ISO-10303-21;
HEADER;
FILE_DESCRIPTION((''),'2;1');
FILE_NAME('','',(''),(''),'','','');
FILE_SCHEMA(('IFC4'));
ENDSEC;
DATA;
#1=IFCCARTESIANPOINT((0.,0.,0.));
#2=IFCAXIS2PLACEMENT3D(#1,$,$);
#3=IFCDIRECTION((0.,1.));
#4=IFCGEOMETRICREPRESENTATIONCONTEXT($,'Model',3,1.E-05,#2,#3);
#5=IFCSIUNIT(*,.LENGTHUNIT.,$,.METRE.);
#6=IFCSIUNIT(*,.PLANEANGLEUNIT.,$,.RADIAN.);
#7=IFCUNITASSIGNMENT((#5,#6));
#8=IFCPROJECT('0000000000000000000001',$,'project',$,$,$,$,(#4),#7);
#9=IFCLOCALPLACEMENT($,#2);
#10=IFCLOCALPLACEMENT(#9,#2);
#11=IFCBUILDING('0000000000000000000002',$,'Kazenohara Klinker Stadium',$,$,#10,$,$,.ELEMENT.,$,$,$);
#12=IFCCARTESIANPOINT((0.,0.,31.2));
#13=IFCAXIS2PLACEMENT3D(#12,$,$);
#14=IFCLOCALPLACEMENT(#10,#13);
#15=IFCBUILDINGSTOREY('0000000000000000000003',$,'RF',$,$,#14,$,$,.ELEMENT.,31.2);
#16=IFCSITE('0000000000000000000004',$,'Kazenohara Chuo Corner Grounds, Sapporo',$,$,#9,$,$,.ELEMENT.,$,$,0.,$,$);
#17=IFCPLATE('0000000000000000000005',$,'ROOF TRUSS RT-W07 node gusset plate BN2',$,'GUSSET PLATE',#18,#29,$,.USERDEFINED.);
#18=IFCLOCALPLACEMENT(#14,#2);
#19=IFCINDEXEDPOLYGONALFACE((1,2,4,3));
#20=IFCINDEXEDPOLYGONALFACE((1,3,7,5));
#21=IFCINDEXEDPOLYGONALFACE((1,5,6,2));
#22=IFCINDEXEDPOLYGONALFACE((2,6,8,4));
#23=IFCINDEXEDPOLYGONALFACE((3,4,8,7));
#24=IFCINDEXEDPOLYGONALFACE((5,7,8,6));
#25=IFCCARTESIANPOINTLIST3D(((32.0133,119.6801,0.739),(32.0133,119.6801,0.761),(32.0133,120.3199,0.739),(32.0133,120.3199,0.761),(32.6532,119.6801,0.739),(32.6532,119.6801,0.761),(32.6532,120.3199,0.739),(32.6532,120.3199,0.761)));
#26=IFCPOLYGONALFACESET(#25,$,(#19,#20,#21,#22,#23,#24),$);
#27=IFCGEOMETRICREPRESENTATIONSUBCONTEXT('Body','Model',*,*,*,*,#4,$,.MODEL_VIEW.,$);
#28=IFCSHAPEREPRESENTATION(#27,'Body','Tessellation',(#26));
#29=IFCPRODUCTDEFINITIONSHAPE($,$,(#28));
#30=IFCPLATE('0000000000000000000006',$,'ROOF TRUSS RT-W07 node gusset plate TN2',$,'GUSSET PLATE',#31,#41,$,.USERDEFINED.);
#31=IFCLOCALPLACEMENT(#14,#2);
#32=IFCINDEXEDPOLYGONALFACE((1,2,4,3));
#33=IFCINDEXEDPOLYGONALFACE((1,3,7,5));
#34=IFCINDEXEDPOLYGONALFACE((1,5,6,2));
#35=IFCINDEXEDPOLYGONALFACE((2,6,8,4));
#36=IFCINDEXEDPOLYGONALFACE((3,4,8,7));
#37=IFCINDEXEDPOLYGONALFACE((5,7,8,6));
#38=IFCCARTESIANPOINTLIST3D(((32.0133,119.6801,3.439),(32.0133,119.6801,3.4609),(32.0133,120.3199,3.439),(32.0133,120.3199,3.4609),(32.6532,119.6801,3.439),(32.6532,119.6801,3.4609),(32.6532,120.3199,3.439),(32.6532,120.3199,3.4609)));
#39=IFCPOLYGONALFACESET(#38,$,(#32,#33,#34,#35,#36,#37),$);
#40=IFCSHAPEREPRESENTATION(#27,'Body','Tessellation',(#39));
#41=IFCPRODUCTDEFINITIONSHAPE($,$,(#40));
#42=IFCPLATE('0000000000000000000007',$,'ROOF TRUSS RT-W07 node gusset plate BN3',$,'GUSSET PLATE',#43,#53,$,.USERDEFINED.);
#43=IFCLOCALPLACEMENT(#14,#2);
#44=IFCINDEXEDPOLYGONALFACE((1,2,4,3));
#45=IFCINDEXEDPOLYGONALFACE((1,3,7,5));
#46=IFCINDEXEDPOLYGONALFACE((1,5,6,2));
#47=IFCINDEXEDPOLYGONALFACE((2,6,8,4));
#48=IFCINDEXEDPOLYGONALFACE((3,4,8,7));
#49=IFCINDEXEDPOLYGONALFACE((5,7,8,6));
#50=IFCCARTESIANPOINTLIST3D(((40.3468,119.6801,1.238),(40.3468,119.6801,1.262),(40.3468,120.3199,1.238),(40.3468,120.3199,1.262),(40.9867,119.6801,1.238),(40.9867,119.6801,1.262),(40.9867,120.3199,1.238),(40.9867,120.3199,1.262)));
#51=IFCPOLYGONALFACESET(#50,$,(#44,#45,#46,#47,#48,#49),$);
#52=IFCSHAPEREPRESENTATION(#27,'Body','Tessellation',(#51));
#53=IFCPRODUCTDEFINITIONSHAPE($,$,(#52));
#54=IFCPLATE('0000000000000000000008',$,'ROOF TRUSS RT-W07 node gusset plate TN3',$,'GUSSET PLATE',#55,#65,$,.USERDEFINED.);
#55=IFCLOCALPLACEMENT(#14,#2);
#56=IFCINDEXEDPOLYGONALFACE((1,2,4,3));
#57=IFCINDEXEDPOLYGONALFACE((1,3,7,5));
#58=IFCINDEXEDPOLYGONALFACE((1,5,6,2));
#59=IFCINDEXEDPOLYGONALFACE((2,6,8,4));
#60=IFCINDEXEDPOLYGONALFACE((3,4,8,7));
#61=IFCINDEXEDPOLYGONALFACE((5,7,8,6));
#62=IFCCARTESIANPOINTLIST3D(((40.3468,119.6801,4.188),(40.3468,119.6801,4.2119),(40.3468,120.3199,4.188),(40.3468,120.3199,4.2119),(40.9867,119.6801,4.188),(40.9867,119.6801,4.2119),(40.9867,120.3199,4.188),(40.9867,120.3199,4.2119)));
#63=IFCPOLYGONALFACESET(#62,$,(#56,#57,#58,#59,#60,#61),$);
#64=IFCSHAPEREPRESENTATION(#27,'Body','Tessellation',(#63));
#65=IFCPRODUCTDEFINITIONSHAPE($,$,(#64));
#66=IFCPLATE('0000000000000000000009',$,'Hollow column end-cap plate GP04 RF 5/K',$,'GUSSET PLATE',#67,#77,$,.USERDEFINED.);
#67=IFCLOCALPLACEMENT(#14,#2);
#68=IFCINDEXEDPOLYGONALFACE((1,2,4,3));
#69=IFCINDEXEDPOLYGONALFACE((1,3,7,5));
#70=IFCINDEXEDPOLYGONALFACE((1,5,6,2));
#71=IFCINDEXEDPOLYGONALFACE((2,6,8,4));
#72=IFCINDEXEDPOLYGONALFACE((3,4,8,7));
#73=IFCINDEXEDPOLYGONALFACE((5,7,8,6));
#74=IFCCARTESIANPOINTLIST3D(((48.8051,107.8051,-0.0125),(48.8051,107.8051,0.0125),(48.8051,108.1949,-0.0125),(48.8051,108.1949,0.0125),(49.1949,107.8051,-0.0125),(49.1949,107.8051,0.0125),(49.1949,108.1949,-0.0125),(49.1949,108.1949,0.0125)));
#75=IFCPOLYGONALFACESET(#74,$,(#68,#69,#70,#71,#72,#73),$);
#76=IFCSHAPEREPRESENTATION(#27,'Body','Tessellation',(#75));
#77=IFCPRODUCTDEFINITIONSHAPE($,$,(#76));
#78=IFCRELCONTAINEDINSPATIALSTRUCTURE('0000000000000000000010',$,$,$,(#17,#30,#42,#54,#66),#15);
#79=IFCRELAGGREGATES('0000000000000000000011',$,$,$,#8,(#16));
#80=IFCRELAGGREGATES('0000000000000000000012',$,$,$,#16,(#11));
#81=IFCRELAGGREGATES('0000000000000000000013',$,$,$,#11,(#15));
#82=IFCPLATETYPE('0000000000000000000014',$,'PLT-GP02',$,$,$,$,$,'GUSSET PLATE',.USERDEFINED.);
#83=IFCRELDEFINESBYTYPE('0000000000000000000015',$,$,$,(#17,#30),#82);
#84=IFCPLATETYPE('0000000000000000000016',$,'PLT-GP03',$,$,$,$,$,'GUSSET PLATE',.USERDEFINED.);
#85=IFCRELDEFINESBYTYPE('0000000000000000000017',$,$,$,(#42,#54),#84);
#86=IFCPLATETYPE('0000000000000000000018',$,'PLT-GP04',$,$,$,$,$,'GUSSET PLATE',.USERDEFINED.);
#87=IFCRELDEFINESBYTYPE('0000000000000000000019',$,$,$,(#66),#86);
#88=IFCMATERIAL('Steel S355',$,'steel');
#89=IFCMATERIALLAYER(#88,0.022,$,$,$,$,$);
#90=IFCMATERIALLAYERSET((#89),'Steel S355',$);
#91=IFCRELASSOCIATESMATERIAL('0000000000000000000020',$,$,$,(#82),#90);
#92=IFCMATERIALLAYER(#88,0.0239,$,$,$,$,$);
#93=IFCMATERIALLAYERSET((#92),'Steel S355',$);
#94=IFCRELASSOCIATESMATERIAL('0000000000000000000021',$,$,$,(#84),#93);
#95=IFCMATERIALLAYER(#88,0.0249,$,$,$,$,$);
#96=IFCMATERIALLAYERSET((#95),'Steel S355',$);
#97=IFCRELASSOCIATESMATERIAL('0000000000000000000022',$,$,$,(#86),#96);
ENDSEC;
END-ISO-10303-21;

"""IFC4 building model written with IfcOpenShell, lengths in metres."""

from ifc_helpers import new_model, si_unit, direction, frame, origin, origin_2d, place, context, subcontext, project, spatial, rectangle, extrude, material, layer, layer_set, type_object, element, save


model = new_model("IFC4")

# Units and contexts
model_context = context("Model", 3, precision=1e-05, world=origin(), true_north=direction((0.0, 1.0)))
body_context = subcontext(model_context, "Body", "Model", "MODEL_VIEW")
ifc_project = project(units=[si_unit("LENGTHUNIT", "METRE"), si_unit("PLANEANGLEUNIT", "RADIAN")], contexts=[model_context])

# Site, building, storey
site_placement = place(None, origin())
site = spatial("IfcSite", under=ifc_project, at=site_placement, Name="Kazenohara Chuo Corner Grounds, Sapporo", CompositionType="ELEMENT", RefElevation=0.0)
building_placement = place(site_placement, origin())
building = spatial("IfcBuilding", under=site, at=building_placement, Name="Kazenohara Klinker Stadium", CompositionType="ELEMENT")
storey_placement = place(building_placement, frame((0.0, 0.0, 31.2)))
storey = spatial("IfcBuildingStorey", under=building, at=storey_placement, Name="RF", CompositionType="ELEMENT", Elevation=31.2)

# Shared definitions
ifc_material = material(Name="Steel S355", Category="steel")

# Plates
ifc_layer_1 = layer(ifc_material, 0.022)
ifc_layer_set_1 = layer_set([ifc_layer_1], Name="Steel S355")
plate_type_1 = type_object("IfcPlateType", Name="PLT-GP02", ElementType="GUSSET PLATE", PredefinedType="USERDEFINED", material=ifc_layer_set_1)
for number, where, z_axis, x_axis, name in (
    (1, (32.3333, 120.0, 0.739), (0.0, 0.0, 1.0), (1.0, 0.0, 0.0), "ROOF TRUSS RT-W07 node gusset plate BN2"),
    (2, (32.3333, 120.0, 3.439), (0.0, 0.0, 1.0), (1.0, 0.0, 0.0), "ROOF TRUSS RT-W07 node gusset plate TN2"),
):
    element("IfcPlate", number, at=place(storey_placement, frame(where, z_axis=z_axis, x_axis=x_axis)), inside=storey, type_object=plate_type_1, Name=name, ObjectType="GUSSET PLATE", PredefinedType="USERDEFINED", context=body_context, shape_type="SweptSolid", body=[
        extrude(rectangle(XDim=0.6399, YDim=0.6399, at=origin_2d()), origin(), (0.0, 0.0, 1.0), 0.022),
    ])
ifc_layer_2 = layer(ifc_material, 0.0239)
ifc_layer_set_2 = layer_set([ifc_layer_2], Name="Steel S355")
plate_type_2 = type_object("IfcPlateType", Name="PLT-GP03", ElementType="GUSSET PLATE", PredefinedType="USERDEFINED", material=ifc_layer_set_2)
for number, where, z_axis, x_axis, name in (
    (3, (40.6667, 120.0, 1.238), (0.0, 0.0, 1.0), (1.0, 0.0, 0.0), "ROOF TRUSS RT-W07 node gusset plate BN3"),
    (4, (40.6667, 120.0, 4.188), (0.0, 0.0, 1.0), (1.0, 0.0, 0.0), "ROOF TRUSS RT-W07 node gusset plate TN3"),
):
    element("IfcPlate", number, at=place(storey_placement, frame(where, z_axis=z_axis, x_axis=x_axis)), inside=storey, type_object=plate_type_2, Name=name, ObjectType="GUSSET PLATE", PredefinedType="USERDEFINED", context=body_context, shape_type="SweptSolid", body=[
        extrude(rectangle(XDim=0.6399, YDim=0.6399, at=origin_2d()), origin(), (0.0, 0.0, 1.0), 0.0239),
    ])
ifc_layer_3 = layer(ifc_material, 0.0249)
ifc_layer_set_3 = layer_set([ifc_layer_3], Name="Steel S355")
plate_type_3 = type_object("IfcPlateType", Name="PLT-GP04", ElementType="GUSSET PLATE", PredefinedType="USERDEFINED", material=ifc_layer_set_3)
plate_placement = place(storey_placement, frame((49.0, 108.0, -0.0125), z_axis=(0.0, 0.0, 1.0), x_axis=(1.0, 0.0, 0.0)))
element("IfcPlate", 5, at=plate_placement, inside=storey, type_object=plate_type_3, Name="Hollow column end-cap plate GP04 RF 5/K", ObjectType="GUSSET PLATE", PredefinedType="USERDEFINED", context=body_context, shape_type="SweptSolid", body=[
    extrude(rectangle(XDim=0.3899, YDim=0.3899, at=origin_2d()), origin(), (0.0, 0.0, 1.0), 0.0249),
])

save(model, "model.ifc")
